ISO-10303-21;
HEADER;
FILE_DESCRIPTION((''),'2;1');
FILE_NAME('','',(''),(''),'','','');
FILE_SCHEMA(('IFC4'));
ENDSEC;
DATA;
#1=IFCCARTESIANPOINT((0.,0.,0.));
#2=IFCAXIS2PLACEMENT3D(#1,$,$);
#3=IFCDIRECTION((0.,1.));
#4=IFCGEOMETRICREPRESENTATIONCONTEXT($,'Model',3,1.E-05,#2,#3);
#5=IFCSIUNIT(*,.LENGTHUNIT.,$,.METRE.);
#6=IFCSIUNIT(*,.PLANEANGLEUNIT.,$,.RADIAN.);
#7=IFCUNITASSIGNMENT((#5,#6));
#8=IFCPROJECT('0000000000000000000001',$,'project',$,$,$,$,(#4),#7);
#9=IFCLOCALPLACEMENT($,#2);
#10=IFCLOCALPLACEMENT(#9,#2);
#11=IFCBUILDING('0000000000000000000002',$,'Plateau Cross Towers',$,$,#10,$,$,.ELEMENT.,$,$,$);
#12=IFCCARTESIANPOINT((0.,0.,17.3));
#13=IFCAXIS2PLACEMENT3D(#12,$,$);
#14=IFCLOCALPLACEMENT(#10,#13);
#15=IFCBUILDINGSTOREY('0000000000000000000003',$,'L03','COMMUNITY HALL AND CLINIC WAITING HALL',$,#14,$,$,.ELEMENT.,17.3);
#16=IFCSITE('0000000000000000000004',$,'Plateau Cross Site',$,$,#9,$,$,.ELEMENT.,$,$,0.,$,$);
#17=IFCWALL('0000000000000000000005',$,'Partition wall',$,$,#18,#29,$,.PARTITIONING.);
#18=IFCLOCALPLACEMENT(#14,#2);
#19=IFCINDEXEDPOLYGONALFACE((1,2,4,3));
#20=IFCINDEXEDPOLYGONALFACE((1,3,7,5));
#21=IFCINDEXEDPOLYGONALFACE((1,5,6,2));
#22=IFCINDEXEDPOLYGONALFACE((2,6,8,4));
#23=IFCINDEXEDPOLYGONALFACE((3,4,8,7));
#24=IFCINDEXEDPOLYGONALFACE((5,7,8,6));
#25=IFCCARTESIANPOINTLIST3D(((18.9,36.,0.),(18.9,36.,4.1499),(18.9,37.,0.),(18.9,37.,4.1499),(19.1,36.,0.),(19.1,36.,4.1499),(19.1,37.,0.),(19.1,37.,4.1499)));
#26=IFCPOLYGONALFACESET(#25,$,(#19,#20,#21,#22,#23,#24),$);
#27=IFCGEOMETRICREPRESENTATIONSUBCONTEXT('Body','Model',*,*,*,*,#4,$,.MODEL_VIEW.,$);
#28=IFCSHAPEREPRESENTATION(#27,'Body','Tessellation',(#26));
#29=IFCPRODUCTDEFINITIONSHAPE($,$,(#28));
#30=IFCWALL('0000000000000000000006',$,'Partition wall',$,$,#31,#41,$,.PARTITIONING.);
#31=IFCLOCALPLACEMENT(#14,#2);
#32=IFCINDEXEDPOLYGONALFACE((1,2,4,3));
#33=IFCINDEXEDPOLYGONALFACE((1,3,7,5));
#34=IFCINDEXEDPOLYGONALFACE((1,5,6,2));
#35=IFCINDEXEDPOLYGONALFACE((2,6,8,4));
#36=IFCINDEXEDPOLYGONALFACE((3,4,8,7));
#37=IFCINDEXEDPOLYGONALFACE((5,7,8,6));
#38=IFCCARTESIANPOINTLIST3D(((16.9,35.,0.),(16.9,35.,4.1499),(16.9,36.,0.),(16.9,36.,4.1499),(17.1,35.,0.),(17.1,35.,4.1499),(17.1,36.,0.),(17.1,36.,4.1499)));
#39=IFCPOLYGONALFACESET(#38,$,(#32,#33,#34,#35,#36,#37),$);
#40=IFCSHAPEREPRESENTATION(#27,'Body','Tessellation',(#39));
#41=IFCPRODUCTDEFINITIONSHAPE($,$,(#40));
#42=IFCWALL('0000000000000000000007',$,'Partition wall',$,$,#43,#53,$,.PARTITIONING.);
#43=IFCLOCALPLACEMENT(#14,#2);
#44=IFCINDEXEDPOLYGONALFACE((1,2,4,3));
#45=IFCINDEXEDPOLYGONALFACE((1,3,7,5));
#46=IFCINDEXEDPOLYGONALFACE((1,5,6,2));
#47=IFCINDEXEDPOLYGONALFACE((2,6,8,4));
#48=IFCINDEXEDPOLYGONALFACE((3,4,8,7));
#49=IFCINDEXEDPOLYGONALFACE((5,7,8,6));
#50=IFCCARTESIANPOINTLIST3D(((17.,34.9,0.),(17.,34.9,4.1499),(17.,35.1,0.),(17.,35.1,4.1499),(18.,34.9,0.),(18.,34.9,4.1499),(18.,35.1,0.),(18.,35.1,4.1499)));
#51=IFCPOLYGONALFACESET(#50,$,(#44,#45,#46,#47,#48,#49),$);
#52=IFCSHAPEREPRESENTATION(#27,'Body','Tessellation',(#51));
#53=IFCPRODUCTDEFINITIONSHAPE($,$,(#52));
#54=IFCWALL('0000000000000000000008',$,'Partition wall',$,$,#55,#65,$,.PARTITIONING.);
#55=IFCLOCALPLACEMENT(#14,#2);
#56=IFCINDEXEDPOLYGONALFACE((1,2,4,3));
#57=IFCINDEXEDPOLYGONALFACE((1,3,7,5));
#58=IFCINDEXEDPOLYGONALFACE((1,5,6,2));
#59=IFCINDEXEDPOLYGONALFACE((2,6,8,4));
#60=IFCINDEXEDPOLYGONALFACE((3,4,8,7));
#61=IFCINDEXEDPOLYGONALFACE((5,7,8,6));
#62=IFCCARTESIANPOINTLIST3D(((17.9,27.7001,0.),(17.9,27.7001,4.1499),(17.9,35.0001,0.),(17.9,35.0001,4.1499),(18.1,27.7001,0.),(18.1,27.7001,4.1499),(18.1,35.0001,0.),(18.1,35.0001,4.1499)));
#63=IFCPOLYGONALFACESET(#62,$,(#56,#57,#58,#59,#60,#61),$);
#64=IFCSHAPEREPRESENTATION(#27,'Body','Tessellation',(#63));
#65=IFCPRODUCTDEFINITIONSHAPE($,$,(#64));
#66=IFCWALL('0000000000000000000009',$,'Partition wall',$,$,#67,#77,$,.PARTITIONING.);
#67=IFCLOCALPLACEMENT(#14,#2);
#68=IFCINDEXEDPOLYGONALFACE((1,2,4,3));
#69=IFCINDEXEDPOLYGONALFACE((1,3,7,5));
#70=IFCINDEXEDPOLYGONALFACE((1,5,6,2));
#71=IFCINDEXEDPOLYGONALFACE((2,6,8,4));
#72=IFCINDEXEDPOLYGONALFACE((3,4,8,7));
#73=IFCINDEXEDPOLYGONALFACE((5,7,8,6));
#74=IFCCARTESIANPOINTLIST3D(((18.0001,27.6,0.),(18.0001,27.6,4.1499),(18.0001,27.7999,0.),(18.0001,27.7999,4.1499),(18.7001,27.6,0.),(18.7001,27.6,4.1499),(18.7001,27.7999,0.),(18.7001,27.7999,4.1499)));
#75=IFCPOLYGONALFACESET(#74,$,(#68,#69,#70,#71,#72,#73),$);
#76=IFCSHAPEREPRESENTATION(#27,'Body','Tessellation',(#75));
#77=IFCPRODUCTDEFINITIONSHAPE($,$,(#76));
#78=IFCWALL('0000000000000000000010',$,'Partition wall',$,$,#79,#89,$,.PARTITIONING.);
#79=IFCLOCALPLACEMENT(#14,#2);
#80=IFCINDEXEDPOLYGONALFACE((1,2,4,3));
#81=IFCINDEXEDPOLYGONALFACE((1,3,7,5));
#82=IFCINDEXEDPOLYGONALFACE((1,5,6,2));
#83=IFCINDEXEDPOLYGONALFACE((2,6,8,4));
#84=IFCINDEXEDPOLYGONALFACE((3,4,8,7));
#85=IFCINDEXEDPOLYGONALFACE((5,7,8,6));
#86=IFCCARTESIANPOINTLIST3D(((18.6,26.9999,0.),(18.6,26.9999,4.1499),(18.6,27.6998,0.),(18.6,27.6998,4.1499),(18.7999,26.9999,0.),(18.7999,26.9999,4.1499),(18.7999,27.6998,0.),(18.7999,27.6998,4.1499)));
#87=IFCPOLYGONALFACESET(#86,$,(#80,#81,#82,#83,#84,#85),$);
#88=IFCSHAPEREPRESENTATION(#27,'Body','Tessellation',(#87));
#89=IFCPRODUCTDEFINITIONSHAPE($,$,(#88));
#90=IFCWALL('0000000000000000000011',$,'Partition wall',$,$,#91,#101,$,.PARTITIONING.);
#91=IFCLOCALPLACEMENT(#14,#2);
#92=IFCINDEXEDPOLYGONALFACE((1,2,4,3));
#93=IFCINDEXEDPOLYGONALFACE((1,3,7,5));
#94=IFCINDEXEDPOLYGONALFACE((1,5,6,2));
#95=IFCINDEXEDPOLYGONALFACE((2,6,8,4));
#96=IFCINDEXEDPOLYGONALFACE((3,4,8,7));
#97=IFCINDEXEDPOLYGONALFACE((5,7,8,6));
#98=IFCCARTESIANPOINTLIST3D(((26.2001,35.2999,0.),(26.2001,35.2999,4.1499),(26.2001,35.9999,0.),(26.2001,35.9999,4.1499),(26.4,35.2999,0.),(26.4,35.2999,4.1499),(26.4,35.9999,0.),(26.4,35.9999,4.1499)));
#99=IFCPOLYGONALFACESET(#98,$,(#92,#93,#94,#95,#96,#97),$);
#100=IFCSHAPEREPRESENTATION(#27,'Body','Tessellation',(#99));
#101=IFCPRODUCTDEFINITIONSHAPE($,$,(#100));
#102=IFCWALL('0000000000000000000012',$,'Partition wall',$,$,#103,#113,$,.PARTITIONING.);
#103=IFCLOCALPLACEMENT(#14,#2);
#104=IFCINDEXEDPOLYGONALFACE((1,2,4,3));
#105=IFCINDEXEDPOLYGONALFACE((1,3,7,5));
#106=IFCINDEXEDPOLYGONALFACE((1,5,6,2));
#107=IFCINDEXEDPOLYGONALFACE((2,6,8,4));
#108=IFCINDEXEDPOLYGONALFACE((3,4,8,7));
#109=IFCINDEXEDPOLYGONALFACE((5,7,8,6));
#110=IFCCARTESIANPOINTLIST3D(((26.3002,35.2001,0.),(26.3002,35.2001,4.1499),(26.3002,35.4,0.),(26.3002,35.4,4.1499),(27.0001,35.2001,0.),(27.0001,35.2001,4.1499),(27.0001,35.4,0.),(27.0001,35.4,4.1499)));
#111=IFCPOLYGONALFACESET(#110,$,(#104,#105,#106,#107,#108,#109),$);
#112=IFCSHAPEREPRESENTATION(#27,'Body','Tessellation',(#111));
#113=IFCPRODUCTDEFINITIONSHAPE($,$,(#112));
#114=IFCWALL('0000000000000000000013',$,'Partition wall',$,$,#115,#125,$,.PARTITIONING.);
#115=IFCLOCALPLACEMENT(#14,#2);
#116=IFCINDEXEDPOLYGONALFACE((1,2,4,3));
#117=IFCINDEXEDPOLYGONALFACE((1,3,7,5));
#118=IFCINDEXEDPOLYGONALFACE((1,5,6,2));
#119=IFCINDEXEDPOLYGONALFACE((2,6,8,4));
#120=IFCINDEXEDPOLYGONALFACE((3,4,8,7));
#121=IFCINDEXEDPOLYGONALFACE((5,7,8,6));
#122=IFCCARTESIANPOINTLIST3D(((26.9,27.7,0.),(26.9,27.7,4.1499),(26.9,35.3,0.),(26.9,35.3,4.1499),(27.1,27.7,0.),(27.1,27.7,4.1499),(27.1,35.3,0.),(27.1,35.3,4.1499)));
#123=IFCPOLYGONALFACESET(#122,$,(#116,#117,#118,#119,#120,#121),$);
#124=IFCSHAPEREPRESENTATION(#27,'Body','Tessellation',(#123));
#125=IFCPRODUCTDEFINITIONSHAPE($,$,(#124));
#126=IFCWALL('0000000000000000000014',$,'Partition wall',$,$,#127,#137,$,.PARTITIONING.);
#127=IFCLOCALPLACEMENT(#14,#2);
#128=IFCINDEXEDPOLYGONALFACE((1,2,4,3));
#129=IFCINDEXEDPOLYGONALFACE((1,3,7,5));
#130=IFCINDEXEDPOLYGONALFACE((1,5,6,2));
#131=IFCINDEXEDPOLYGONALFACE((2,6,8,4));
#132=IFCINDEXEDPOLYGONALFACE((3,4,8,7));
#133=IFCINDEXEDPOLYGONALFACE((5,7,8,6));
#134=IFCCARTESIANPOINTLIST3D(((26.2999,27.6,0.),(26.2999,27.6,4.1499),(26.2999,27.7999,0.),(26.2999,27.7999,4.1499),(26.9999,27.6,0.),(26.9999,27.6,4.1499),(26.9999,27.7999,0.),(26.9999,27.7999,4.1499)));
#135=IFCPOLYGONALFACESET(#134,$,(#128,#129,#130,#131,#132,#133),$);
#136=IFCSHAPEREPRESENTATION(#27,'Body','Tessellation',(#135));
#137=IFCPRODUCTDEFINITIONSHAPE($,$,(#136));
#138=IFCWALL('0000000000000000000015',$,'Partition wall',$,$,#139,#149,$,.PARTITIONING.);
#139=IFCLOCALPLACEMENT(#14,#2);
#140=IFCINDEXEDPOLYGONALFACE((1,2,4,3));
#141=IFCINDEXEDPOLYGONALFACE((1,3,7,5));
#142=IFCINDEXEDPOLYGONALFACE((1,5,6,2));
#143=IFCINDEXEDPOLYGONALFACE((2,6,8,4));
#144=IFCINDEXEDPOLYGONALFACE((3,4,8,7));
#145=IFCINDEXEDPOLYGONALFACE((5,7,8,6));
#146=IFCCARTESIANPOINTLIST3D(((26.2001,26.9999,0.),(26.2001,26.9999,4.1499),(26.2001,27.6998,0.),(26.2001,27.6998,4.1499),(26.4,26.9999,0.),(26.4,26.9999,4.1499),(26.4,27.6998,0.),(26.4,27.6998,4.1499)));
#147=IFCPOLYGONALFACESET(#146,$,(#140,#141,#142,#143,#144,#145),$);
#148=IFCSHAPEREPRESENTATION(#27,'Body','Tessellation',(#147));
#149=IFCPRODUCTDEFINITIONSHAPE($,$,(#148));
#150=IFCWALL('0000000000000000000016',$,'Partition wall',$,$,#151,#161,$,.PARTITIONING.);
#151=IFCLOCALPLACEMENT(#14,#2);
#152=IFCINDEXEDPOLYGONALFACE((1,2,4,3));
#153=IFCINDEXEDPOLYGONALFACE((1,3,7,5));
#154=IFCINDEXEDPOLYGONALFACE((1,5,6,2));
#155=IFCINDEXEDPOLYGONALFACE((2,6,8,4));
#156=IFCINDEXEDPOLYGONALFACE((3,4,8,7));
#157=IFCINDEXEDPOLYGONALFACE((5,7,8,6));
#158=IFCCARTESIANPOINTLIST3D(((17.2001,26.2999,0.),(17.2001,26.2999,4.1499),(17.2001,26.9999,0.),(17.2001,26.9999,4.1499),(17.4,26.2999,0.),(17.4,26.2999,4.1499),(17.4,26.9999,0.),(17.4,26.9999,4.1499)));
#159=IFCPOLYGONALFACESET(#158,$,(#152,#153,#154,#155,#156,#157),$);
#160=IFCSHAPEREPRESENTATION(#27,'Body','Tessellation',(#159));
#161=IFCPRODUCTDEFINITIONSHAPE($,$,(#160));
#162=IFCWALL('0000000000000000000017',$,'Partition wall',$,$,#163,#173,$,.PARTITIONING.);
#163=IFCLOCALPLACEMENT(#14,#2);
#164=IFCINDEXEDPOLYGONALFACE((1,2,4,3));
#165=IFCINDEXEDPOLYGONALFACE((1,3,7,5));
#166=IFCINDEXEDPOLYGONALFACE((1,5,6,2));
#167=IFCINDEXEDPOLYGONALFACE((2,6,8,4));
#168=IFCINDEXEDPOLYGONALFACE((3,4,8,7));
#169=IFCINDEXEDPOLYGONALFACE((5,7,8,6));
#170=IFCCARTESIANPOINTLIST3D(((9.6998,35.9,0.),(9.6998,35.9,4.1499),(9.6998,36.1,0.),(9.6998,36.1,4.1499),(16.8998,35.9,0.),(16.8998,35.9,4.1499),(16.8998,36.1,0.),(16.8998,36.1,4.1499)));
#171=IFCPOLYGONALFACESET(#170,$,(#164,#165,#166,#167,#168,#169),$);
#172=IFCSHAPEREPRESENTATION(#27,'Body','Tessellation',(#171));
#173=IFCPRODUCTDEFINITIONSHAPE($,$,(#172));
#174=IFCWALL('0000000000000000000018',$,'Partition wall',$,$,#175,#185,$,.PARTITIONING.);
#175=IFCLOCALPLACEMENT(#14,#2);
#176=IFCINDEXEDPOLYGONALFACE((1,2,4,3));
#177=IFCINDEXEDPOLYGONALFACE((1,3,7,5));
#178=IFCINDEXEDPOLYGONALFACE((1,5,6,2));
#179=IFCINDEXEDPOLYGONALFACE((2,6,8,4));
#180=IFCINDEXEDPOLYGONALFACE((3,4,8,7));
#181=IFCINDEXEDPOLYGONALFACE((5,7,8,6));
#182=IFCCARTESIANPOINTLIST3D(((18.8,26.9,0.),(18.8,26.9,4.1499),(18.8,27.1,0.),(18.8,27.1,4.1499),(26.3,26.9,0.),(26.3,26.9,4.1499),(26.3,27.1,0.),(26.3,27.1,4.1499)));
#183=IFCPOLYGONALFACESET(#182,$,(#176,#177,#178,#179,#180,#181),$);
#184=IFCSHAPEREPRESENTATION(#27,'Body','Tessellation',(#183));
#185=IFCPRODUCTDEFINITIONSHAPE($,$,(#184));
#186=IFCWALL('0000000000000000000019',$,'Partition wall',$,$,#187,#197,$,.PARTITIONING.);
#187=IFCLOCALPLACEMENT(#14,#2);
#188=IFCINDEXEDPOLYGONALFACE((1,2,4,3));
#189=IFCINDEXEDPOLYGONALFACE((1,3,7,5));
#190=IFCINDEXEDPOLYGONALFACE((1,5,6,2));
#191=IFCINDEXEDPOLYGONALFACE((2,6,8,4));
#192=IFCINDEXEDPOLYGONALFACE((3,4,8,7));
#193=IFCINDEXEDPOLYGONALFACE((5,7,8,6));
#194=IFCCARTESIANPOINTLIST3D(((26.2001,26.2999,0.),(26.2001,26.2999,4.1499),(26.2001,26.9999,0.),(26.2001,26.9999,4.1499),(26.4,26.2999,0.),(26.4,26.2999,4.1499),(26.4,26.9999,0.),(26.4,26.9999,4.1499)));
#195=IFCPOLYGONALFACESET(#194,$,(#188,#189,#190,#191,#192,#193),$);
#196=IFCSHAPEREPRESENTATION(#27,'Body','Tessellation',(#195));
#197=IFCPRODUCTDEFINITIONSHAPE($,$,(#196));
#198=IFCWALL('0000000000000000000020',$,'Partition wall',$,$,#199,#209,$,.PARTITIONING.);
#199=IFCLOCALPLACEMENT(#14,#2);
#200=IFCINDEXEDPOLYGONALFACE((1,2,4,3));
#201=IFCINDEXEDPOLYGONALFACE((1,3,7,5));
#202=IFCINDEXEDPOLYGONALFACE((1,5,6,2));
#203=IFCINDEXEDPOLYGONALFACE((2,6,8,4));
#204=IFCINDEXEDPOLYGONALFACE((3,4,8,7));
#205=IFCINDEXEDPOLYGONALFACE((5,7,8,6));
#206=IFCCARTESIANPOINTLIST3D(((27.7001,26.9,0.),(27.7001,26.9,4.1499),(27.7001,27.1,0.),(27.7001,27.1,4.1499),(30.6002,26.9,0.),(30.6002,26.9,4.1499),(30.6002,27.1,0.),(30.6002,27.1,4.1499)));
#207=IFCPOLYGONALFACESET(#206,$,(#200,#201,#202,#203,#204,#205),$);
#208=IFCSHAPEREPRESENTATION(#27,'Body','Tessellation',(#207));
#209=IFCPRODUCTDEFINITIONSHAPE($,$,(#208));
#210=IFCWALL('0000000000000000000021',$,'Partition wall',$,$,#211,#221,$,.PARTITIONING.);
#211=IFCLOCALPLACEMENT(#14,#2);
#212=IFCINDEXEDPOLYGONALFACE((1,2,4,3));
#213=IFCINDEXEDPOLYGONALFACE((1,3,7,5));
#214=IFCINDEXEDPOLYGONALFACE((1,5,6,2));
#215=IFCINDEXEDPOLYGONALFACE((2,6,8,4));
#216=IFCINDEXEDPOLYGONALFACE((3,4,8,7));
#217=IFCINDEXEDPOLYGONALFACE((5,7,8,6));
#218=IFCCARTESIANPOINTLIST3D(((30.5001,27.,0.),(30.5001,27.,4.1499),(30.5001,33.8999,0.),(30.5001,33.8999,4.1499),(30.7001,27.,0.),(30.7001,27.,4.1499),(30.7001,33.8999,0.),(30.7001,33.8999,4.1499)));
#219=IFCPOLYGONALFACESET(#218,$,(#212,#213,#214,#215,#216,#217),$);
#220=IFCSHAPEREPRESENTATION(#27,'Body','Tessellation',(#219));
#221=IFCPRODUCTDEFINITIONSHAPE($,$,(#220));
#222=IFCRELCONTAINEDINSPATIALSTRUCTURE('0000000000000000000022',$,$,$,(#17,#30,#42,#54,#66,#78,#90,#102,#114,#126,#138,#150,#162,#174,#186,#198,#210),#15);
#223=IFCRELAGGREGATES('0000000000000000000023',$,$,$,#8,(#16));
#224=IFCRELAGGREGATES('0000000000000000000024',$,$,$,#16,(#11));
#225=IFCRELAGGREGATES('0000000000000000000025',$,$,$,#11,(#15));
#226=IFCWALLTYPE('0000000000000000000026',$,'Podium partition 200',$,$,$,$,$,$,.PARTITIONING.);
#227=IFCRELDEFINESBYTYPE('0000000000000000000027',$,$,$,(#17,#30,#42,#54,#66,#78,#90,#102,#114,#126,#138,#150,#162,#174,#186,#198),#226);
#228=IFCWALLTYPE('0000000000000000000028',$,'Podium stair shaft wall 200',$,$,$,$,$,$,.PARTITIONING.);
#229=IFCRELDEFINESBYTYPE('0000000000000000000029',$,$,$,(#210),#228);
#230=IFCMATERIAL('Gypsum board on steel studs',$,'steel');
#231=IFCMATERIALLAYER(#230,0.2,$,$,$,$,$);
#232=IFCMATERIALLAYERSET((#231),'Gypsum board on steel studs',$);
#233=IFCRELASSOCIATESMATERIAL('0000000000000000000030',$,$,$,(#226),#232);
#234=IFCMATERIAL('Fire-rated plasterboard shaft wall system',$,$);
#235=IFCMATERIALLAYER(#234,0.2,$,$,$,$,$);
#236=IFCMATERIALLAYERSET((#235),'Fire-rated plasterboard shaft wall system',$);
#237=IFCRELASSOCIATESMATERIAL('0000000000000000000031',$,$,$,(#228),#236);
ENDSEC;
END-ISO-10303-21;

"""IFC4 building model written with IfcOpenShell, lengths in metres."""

from ifc_helpers import new_model, si_unit, direction, frame, frame_2d, origin, place, context, subcontext, project, spatial, rectangle, extrude, material, layer, layer_set, type_object, element, save


model = new_model("IFC4")

# Units and contexts
model_context = context("Model", 3, precision=1e-05, world=origin(), true_north=direction((0.0, 1.0)))
body_context = subcontext(model_context, "Body", "Model", "MODEL_VIEW")
ifc_project = project(units=[si_unit("LENGTHUNIT", "METRE"), si_unit("PLANEANGLEUNIT", "RADIAN")], contexts=[model_context])

# Site, building, storey
site_placement = place(None, origin())
site = spatial("IfcSite", under=ifc_project, at=site_placement, Name="Plateau Cross Site", CompositionType="ELEMENT", RefElevation=0.0)
building_placement = place(site_placement, origin())
building = spatial("IfcBuilding", under=site, at=building_placement, Name="Plateau Cross Towers", CompositionType="ELEMENT")
storey_placement = place(building_placement, frame((0.0, 0.0, 17.3)))
storey = spatial("IfcBuildingStorey", under=building, at=storey_placement, Name="L03", Description="COMMUNITY HALL AND CLINIC WAITING HALL", CompositionType="ELEMENT", Elevation=17.3)

# Shared definitions
ifc_material_1 = material(Name="Gypsum board on steel studs", Category="steel")
ifc_layer_1 = layer(ifc_material_1, 0.2)
ifc_layer_set_1 = layer_set([ifc_layer_1], Name="Gypsum board on steel studs")
wall_type_1 = type_object("IfcWallType", Name="Podium partition 200", PredefinedType="PARTITIONING", material=ifc_layer_set_1)

# Walls
for number, where, z_axis, x_axis, name in (
    (1, (19.0, 36.0, 0.0), (0.0, 0.0, 1.0), (0.0, 1.0, 0.0), "Partition wall"),
    (2, (17.0, 36.0, 0.0), (0.0, 0.0, 1.0), (0.0, -1.0, 0.0), "Partition wall"),
    (3, (17.0, 35.0, 0.0), (0.0, 0.0, 1.0), (1.0, 0.0, 0.0), "Partition wall"),
):
    element("IfcWall", number, at=place(storey_placement, frame(where, z_axis=z_axis, x_axis=x_axis)), inside=storey, type_object=wall_type_1, Name=name, PredefinedType="PARTITIONING", context=body_context, shape_type="SweptSolid", body=[
        extrude(rectangle(XDim=1.0, YDim=0.2, at=frame_2d((0.5, 0.0))), origin(), (0.0, 0.0, 1.0), 4.1499),
    ])
wall_1_placement = place(storey_placement, frame((18.0, 35.0, 0.0), z_axis=(0.0, 0.0, 1.0), x_axis=(0.0, -1.0, 0.0)))
element("IfcWall", 4, at=wall_1_placement, inside=storey, type_object=wall_type_1, Name="Partition wall", PredefinedType="PARTITIONING", context=body_context, shape_type="SweptSolid", body=[
    extrude(rectangle(XDim=7.3, YDim=0.2, at=frame_2d((3.6499, 0.0))), origin(), (0.0, 0.0, 1.0), 4.1499),
])
for number, where, z_axis, x_axis, name in (
    (5, (18.0, 27.7, 0.0), (0.0, 0.0, 1.0), (1.0, 0.0, 0.0), "Partition wall"),
    (6, (18.7, 27.7, 0.0), (0.0, 0.0, 1.0), (0.0, -1.0, 0.0), "Partition wall"),
    (7, (26.3, 36.0, 0.0), (0.0, 0.0, 1.0), (0.0, -1.0, 0.0), "Partition wall"),
    (8, (26.3, 35.3, 0.0), (0.0, 0.0, 1.0), (1.0, 0.0, 0.0), "Partition wall"),
):
    element("IfcWall", number, at=place(storey_placement, frame(where, z_axis=z_axis, x_axis=x_axis)), inside=storey, type_object=wall_type_1, Name=name, PredefinedType="PARTITIONING", context=body_context, shape_type="SweptSolid", body=[
        extrude(rectangle(XDim=0.7, YDim=0.2, at=frame_2d((0.3501, 0.0))), origin(), (0.0, 0.0, 1.0), 4.1499),
    ])
wall_2_placement = place(storey_placement, frame((27.0, 35.3, 0.0), z_axis=(0.0, 0.0, 1.0), x_axis=(0.0, -1.0, 0.0)))
element("IfcWall", 9, at=wall_2_placement, inside=storey, type_object=wall_type_1, Name="Partition wall", PredefinedType="PARTITIONING", context=body_context, shape_type="SweptSolid", body=[
    extrude(rectangle(XDim=7.6001, YDim=0.2, at=frame_2d((3.8, 0.0))), origin(), (0.0, 0.0, 1.0), 4.1499),
])
for number, where, z_axis, x_axis, name in (
    (10, (27.0, 27.7, 0.0), (0.0, 0.0, 1.0), (-1.0, 0.0, 0.0), "Partition wall"),
    (11, (26.3, 27.7, 0.0), (0.0, 0.0, 1.0), (0.0, -1.0, 0.0), "Partition wall"),
    (12, (17.3, 27.0, 0.0), (0.0, 0.0, 1.0), (0.0, -1.0, 0.0), "Partition wall"),
):
    element("IfcWall", number, at=place(storey_placement, frame(where, z_axis=z_axis, x_axis=x_axis)), inside=storey, type_object=wall_type_1, Name=name, PredefinedType="PARTITIONING", context=body_context, shape_type="SweptSolid", body=[
        extrude(rectangle(XDim=0.7, YDim=0.2, at=frame_2d((0.3501, 0.0))), origin(), (0.0, 0.0, 1.0), 4.1499),
    ])
wall_3_placement = place(storey_placement, frame((16.8999, 36.0, 0.0), z_axis=(0.0, 0.0, 1.0), x_axis=(-1.0, 0.0, 0.0)))
element("IfcWall", 13, at=wall_3_placement, inside=storey, type_object=wall_type_1, Name="Partition wall", PredefinedType="PARTITIONING", context=body_context, shape_type="SweptSolid", body=[
    extrude(rectangle(XDim=7.2, YDim=0.2, at=frame_2d((3.6001, 0.0))), origin(), (0.0, 0.0, 1.0), 4.1499),
])
wall_4_placement = place(storey_placement, frame((18.8, 27.0, 0.0), z_axis=(0.0, 0.0, 1.0), x_axis=(1.0, 0.0, 0.0)))
element("IfcWall", 14, at=wall_4_placement, inside=storey, type_object=wall_type_1, Name="Partition wall", PredefinedType="PARTITIONING", context=body_context, shape_type="SweptSolid", body=[
    extrude(rectangle(XDim=7.5, YDim=0.2, at=frame_2d((3.75, 0.0))), origin(), (0.0, 0.0, 1.0), 4.1499),
])
wall_5_placement = place(storey_placement, frame((26.3, 27.0, 0.0), z_axis=(0.0, 0.0, 1.0), x_axis=(0.0, -1.0, 0.0)))
element("IfcWall", 15, at=wall_5_placement, inside=storey, type_object=wall_type_1, Name="Partition wall", PredefinedType="PARTITIONING", context=body_context, shape_type="SweptSolid", body=[
    extrude(rectangle(XDim=0.7, YDim=0.2, at=frame_2d((0.3501, 0.0))), origin(), (0.0, 0.0, 1.0), 4.1499),
])
wall_6_placement = place(storey_placement, frame((27.7, 27.0, 0.0), z_axis=(0.0, 0.0, 1.0), x_axis=(1.0, 0.0, 0.0)))
element("IfcWall", 16, at=wall_6_placement, inside=storey, type_object=wall_type_1, Name="Partition wall", PredefinedType="PARTITIONING", context=body_context, shape_type="SweptSolid", body=[
    extrude(rectangle(XDim=2.9001, YDim=0.2, at=frame_2d((1.4502, 0.0))), origin(), (0.0, 0.0, 1.0), 4.1499),
])
ifc_material_2 = material(Name="Fire-rated plasterboard shaft wall system")
ifc_layer_2 = layer(ifc_material_2, 0.2)
ifc_layer_set_2 = layer_set([ifc_layer_2], Name="Fire-rated plasterboard shaft wall system")
wall_type_2 = type_object("IfcWallType", Name="Podium stair shaft wall 200", PredefinedType="PARTITIONING", material=ifc_layer_set_2)
wall_7_placement = place(storey_placement, frame((30.6001, 27.0, 0.0), z_axis=(0.0, 0.0, 1.0), x_axis=(0.0, 1.0, 0.0)))
element("IfcWall", 17, at=wall_7_placement, inside=storey, type_object=wall_type_2, Name="Partition wall", PredefinedType="PARTITIONING", context=body_context, shape_type="SweptSolid", body=[
    extrude(rectangle(XDim=6.8999, YDim=0.2, at=frame_2d((3.45, 0.0))), origin(), (0.0, 0.0, 1.0), 4.1499),
])

save(model, "model.ifc")
